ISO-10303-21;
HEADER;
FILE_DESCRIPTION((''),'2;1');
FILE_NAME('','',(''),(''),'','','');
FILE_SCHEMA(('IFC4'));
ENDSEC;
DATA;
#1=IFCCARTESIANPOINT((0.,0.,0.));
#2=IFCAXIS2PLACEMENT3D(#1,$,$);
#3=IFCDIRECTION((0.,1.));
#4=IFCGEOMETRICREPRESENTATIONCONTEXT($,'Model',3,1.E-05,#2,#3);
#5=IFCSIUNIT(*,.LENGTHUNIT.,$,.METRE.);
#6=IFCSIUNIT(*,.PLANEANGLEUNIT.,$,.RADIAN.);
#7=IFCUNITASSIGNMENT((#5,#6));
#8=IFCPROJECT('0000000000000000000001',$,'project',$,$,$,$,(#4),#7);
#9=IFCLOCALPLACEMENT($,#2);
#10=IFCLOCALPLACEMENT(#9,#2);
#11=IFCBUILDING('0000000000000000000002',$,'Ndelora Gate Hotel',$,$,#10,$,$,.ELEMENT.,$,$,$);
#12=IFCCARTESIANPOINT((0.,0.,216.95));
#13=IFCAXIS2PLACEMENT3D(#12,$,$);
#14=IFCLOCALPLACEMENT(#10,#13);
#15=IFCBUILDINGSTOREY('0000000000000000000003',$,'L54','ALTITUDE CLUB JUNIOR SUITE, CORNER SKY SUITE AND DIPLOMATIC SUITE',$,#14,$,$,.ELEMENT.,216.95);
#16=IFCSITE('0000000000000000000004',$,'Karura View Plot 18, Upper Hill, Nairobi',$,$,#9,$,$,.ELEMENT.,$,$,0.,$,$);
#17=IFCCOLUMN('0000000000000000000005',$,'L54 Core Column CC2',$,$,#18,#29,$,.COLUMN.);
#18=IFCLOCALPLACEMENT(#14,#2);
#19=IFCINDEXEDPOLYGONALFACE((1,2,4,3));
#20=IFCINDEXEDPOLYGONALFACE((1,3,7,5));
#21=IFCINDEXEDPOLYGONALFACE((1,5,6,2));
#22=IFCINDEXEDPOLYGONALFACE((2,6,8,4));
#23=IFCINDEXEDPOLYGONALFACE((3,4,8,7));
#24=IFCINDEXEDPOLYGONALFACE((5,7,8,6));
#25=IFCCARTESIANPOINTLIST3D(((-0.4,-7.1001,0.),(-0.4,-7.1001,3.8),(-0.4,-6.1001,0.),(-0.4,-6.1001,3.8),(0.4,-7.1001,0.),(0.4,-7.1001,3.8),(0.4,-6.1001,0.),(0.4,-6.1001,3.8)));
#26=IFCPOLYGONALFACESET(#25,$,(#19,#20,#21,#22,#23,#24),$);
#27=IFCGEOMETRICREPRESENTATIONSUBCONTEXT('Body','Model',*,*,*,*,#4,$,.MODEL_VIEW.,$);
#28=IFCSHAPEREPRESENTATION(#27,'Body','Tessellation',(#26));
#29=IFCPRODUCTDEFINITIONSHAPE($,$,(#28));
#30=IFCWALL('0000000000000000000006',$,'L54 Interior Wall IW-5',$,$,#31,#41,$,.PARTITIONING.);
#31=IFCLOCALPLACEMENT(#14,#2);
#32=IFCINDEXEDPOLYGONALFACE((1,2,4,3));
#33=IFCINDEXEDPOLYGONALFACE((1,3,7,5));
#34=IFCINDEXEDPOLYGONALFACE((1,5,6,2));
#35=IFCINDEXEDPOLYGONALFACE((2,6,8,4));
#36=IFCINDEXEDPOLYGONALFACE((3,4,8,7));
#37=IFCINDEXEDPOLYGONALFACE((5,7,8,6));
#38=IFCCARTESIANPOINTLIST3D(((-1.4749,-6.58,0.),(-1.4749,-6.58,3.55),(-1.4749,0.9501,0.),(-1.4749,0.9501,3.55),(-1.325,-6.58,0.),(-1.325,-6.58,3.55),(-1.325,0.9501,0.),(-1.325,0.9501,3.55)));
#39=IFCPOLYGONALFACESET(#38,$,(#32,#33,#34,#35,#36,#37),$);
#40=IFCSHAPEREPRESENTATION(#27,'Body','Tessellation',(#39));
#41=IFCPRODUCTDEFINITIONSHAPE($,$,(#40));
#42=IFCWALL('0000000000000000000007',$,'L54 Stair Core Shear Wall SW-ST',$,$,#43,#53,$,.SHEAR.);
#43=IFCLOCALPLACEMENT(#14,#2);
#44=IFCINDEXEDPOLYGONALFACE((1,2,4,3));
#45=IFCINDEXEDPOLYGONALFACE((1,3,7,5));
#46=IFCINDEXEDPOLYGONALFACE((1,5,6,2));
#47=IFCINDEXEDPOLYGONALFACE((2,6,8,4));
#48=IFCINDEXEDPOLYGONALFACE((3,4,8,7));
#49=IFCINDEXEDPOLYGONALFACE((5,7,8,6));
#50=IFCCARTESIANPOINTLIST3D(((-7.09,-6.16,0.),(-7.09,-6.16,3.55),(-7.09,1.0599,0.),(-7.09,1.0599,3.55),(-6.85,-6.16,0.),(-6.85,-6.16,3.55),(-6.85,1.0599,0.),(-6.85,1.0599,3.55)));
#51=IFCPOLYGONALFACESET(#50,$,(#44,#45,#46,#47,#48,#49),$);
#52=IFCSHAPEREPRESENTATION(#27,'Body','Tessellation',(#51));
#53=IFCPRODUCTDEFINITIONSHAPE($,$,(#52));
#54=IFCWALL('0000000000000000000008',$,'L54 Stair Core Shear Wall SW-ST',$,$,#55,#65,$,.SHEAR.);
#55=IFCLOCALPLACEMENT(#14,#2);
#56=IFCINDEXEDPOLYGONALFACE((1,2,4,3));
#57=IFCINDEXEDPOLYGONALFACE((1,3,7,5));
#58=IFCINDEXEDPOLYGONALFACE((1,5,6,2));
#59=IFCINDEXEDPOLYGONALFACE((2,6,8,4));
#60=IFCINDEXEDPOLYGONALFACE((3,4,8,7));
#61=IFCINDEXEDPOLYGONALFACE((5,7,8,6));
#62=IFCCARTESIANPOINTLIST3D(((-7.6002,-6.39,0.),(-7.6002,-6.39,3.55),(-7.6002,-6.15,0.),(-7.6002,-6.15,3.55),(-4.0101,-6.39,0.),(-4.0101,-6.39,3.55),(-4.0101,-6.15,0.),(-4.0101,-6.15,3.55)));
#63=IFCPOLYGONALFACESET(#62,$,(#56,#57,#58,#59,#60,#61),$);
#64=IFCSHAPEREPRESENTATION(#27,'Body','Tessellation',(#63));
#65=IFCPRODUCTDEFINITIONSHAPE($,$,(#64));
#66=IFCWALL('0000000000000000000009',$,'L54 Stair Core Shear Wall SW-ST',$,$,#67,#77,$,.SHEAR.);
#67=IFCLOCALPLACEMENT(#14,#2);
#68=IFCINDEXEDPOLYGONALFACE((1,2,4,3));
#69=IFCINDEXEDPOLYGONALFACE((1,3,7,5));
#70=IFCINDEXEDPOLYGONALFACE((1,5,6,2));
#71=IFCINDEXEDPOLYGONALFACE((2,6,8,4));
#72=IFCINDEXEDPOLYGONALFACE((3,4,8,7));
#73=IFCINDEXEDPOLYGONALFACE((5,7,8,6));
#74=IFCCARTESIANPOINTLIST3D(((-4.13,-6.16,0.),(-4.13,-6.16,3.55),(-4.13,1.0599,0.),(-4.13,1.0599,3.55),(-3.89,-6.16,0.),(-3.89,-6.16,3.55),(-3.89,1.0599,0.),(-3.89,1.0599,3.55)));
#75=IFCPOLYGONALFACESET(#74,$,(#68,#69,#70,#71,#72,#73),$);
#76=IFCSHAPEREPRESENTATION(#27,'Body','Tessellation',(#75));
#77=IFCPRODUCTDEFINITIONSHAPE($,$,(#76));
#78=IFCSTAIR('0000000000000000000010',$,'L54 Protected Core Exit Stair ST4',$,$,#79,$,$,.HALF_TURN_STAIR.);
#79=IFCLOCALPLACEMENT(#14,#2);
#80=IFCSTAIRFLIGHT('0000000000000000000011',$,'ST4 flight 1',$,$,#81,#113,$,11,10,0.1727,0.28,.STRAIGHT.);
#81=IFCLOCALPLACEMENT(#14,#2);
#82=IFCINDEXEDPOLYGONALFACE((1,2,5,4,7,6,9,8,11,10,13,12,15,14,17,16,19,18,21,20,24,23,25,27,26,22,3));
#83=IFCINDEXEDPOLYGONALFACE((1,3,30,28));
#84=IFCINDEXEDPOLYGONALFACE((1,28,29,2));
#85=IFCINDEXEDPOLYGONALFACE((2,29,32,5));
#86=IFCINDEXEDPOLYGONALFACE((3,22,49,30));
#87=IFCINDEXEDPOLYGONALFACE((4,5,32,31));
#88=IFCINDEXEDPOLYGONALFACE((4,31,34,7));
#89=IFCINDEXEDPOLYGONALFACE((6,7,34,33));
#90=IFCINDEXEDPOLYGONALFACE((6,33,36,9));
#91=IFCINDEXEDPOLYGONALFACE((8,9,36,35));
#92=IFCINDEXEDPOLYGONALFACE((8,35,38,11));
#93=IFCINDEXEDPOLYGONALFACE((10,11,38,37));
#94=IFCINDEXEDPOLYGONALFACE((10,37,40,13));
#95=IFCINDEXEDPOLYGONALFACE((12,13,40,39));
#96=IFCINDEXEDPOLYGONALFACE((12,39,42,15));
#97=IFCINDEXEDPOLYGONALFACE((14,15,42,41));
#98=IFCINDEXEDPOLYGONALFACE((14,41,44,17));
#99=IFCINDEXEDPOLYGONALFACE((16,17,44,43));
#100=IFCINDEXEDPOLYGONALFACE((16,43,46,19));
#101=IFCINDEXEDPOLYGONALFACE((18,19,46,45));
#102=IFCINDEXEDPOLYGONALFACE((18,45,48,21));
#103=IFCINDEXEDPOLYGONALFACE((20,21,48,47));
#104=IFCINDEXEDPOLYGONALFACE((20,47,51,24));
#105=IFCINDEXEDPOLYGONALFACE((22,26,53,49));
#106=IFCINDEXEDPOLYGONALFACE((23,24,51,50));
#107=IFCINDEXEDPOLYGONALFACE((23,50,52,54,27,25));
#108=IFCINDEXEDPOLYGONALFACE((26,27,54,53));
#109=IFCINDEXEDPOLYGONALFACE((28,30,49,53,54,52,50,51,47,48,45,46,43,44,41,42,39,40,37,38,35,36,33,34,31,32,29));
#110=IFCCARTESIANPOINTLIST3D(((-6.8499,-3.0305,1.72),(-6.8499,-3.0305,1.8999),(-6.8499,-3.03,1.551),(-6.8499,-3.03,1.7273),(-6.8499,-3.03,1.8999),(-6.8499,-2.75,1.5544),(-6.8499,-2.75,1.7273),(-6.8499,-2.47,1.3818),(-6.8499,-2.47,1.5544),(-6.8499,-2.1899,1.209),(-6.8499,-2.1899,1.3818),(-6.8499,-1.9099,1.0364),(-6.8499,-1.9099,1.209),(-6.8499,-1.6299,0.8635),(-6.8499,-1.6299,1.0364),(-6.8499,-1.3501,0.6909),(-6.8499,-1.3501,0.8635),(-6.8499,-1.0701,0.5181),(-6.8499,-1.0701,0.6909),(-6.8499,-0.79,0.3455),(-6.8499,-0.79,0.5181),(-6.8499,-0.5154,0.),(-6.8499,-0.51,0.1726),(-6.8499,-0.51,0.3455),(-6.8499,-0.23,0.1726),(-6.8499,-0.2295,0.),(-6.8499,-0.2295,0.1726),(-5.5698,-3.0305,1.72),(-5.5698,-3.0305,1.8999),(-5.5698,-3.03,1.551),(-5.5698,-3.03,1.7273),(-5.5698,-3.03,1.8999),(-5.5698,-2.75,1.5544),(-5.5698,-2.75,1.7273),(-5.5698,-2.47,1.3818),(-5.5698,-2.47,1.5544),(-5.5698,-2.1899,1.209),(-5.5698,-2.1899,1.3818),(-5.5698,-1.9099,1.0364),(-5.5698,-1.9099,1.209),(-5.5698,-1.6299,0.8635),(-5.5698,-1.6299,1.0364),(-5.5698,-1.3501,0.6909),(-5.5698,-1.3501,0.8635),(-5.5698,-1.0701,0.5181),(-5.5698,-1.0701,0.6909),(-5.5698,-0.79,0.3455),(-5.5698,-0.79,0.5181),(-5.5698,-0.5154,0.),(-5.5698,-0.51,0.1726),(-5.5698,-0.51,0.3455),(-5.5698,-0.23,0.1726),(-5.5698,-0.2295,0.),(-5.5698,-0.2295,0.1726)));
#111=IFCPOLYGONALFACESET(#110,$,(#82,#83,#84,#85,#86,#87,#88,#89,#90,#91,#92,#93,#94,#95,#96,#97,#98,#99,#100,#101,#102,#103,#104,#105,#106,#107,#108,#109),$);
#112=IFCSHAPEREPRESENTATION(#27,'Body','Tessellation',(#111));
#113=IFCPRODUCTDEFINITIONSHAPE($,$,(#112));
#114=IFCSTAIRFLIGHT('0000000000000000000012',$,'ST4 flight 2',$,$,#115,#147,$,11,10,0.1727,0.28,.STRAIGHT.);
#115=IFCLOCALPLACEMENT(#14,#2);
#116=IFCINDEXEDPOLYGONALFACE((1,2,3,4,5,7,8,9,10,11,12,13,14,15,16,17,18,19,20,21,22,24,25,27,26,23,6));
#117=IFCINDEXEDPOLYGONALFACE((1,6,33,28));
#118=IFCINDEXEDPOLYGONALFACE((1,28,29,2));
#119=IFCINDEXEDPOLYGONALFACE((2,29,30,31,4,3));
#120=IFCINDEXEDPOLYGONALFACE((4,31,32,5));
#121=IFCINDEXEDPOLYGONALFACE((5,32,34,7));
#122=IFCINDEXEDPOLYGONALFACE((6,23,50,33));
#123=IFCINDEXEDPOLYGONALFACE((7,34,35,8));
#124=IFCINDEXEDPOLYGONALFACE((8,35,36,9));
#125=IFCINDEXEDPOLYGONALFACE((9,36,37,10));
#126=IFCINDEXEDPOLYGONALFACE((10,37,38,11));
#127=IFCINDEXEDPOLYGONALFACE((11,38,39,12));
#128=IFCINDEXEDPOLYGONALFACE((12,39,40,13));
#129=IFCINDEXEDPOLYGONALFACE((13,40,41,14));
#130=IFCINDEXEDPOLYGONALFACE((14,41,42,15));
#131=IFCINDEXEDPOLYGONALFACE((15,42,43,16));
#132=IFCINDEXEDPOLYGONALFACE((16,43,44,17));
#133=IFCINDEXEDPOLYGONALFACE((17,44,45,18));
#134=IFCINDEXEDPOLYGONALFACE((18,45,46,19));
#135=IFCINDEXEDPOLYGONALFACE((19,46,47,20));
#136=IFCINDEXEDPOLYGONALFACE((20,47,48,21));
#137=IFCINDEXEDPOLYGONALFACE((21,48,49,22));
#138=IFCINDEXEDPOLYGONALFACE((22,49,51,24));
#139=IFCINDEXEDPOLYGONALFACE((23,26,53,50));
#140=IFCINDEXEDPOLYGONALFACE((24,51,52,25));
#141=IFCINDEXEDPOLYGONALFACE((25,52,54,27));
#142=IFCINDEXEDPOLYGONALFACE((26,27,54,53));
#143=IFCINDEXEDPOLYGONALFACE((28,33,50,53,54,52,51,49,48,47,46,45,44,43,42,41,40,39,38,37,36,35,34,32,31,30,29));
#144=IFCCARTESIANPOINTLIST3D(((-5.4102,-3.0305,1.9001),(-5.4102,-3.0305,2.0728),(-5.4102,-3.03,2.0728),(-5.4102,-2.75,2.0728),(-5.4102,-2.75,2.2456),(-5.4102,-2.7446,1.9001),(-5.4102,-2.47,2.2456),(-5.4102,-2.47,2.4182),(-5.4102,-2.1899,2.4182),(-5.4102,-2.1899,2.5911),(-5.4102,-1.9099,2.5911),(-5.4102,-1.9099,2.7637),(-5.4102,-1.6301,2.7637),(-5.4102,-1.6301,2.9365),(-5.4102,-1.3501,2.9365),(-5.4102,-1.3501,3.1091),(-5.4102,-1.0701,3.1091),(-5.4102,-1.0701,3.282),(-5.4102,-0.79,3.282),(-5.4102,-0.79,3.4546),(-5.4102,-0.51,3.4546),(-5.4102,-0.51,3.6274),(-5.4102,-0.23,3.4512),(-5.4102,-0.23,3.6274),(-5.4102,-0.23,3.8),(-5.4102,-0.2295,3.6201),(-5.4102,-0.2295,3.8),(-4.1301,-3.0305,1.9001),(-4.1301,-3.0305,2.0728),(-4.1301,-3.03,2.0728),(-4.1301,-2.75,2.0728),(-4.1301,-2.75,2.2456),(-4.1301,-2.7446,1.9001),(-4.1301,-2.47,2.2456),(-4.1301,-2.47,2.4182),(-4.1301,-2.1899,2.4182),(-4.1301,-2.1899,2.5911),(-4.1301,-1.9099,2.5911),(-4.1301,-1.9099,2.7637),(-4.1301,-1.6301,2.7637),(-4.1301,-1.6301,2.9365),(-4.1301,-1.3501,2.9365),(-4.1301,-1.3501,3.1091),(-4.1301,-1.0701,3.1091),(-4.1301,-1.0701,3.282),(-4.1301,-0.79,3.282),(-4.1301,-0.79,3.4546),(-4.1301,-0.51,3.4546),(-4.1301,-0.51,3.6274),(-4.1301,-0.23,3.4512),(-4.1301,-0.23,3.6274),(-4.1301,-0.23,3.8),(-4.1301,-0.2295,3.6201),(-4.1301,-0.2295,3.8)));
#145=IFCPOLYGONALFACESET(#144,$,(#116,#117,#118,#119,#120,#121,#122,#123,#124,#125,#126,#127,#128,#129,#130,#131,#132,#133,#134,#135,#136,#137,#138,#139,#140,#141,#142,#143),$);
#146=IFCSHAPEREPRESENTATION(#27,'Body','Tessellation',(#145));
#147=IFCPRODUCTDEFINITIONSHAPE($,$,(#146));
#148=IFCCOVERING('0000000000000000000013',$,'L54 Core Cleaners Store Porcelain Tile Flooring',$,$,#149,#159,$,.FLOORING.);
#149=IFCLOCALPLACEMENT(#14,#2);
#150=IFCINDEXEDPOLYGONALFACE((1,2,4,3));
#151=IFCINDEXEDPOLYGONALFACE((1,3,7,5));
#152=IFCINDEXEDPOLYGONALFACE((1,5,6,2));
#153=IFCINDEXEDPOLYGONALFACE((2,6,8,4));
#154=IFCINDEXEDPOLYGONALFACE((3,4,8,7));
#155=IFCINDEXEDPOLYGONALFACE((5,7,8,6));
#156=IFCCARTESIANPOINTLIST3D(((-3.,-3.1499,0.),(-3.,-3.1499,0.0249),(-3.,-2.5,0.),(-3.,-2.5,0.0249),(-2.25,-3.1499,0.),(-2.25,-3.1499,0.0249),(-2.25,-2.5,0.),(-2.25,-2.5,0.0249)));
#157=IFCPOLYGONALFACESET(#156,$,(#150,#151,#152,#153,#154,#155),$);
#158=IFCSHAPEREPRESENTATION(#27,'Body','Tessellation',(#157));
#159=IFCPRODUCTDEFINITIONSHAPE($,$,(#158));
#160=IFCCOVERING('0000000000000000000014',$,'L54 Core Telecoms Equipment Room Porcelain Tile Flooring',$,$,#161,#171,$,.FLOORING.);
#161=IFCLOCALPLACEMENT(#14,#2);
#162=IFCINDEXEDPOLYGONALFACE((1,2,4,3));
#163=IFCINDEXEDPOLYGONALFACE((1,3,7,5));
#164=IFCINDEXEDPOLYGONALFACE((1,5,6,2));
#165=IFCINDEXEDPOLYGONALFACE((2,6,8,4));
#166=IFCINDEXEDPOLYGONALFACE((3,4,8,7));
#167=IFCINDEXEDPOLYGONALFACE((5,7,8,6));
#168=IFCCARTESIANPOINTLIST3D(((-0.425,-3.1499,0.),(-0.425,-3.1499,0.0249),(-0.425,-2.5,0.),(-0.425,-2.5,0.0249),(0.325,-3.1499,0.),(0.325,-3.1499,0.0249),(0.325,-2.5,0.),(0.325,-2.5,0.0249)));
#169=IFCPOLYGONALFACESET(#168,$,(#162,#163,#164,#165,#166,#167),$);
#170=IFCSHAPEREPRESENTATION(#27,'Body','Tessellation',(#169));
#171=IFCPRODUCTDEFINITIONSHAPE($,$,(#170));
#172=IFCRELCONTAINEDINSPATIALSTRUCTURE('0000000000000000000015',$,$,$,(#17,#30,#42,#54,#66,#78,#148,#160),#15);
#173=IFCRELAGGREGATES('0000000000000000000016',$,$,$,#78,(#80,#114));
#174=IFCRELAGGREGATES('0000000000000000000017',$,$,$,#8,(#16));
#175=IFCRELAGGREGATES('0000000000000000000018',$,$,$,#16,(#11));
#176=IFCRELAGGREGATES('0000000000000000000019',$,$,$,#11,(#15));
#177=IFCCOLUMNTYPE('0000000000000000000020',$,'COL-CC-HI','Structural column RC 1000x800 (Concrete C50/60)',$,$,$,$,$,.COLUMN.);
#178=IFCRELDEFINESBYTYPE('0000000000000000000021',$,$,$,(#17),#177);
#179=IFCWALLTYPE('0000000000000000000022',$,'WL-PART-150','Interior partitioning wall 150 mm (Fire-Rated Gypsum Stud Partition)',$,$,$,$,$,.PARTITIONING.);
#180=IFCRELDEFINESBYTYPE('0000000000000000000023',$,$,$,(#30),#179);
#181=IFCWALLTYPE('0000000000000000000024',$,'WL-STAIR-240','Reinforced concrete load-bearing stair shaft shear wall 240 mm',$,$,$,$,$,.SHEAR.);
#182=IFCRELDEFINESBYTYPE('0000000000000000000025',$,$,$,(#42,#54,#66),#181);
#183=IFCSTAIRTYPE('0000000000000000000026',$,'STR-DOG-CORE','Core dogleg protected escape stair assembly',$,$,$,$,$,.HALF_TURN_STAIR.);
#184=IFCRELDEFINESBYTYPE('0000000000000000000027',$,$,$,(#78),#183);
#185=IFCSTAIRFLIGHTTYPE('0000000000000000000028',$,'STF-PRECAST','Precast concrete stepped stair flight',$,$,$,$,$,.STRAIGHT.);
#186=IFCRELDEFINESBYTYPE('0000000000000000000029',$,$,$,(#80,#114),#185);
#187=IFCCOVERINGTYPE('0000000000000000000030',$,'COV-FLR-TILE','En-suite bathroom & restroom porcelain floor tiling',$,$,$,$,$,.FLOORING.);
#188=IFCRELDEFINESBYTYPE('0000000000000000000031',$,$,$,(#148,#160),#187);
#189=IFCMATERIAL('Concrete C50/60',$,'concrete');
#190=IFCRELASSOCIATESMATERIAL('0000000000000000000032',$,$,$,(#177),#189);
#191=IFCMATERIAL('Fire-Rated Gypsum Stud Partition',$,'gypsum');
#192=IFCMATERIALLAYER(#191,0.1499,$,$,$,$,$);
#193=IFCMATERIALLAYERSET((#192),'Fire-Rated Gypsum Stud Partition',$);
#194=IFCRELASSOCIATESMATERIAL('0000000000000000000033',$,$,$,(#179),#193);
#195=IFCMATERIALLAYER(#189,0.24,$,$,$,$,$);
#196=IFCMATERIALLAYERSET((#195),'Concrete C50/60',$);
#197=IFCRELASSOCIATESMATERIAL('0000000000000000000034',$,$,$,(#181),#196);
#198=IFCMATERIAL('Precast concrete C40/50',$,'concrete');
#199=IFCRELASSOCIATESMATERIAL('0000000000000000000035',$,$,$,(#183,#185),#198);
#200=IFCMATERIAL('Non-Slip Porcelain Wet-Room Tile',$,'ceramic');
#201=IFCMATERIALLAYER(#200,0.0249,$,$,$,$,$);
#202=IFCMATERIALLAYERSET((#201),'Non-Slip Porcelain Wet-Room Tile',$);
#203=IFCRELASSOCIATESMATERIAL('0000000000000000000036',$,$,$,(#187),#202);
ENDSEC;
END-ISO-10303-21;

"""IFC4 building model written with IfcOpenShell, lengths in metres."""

from ifc_helpers import new_model, si_unit, direction, frame, frame_2d, origin, origin_2d, place, context, subcontext, project, spatial, polyline, rectangle, outline, extrude, material, layer, layer_set, material_profile, profile_set, type_object, element, aggregate, save


model = new_model("IFC4")

# Units and contexts
model_context = context("Model", 3, precision=1e-05, world=origin(), true_north=direction((0.0, 1.0)))
body_context = subcontext(model_context, "Body", "Model", "MODEL_VIEW")
ifc_project = project(units=[si_unit("LENGTHUNIT", "METRE"), si_unit("PLANEANGLEUNIT", "RADIAN")], contexts=[model_context])

# Site, building, storey
site_placement = place(None, origin())
site = spatial("IfcSite", under=ifc_project, at=site_placement, Name="Karura View Plot 18, Upper Hill, Nairobi", CompositionType="ELEMENT", RefElevation=0.0)
building_placement = place(site_placement, origin())
building = spatial("IfcBuilding", under=site, at=building_placement, Name="Ndelora Gate Hotel", CompositionType="ELEMENT")
storey_placement = place(building_placement, frame((0.0, 0.0, 216.95)))
storey = spatial("IfcBuildingStorey", under=building, at=storey_placement, Name="L54", Description="ALTITUDE CLUB JUNIOR SUITE, CORNER SKY SUITE AND DIPLOMATIC SUITE", CompositionType="ELEMENT", Elevation=216.95)

# Column
ifc_material_1 = material(Name="Concrete C50/60", Category="concrete")
ifc_material_profile = material_profile(ifc_material_1, rectangle(XDim=0.8, YDim=1.0, at=origin_2d()), Name="RC 1000x800")
ifc_profile_set = profile_set([ifc_material_profile], Name="Concrete C50/60")
column_type = type_object("IfcColumnType", Name="COL-CC-HI", Description="Structural column RC 1000x800 (Concrete C50/60)", PredefinedType="COLUMN", material=ifc_profile_set)
column_placement = place(storey_placement, frame((0.0, -6.6001, 0.0), z_axis=(0.0, 0.0, 1.0), x_axis=(1.0, 0.0, 0.0)))
element("IfcColumn", 1, at=column_placement, inside=storey, type_object=column_type, Name="L54 Core Column CC2", PredefinedType="COLUMN", context=body_context, shape_type="SweptSolid", body=[
    extrude(rectangle(XDim=0.8, YDim=1.0, at=origin_2d()), origin(), (0.0, 0.0, 1.0), 3.8),
])

# Walls
ifc_material_2 = material(Name="Fire-Rated Gypsum Stud Partition", Category="gypsum")
ifc_layer_1 = layer(ifc_material_2, 0.1499)
ifc_layer_set_1 = layer_set([ifc_layer_1], Name="Fire-Rated Gypsum Stud Partition")
wall_type_1 = type_object("IfcWallType", Name="WL-PART-150", Description="Interior partitioning wall 150 mm (Fire-Rated Gypsum Stud Partition)", PredefinedType="PARTITIONING", material=ifc_layer_set_1)
wall_1_placement = place(storey_placement, frame((-1.3999, -6.5801, 0.0), z_axis=(0.0, 0.0, 1.0), x_axis=(0.0, 1.0, 0.0)))
element("IfcWall", 2, at=wall_1_placement, inside=storey, type_object=wall_type_1, Name="L54 Interior Wall IW-5", PredefinedType="PARTITIONING", context=body_context, shape_type="SweptSolid", body=[
    extrude(rectangle(XDim=7.53, YDim=0.1499, at=frame_2d((3.7651, 0.0))), origin(), (0.0, 0.0, 1.0), 3.55),
])
ifc_layer_2 = layer(ifc_material_1, 0.24)
ifc_layer_set_2 = layer_set([ifc_layer_2], Name="Concrete C50/60")
wall_type_2 = type_object("IfcWallType", Name="WL-STAIR-240", Description="Reinforced concrete load-bearing stair shaft shear wall 240 mm", PredefinedType="SHEAR", material=ifc_layer_set_2)
wall_2_placement = place(storey_placement, frame((-6.97, -6.1599, 0.0), z_axis=(0.0, 0.0, 1.0), x_axis=(0.0, 1.0, 0.0)))
element("IfcWall", 3, at=wall_2_placement, inside=storey, type_object=wall_type_2, Name="L54 Stair Core Shear Wall SW-ST", PredefinedType="SHEAR", context=body_context, shape_type="SweptSolid", body=[
    extrude(rectangle(XDim=7.22, YDim=0.24, at=frame_2d((3.6099, 0.0))), origin(), (0.0, 0.0, 1.0), 3.55),
])
wall_3_placement = place(storey_placement, frame((-7.6001, -6.27, 0.0), z_axis=(0.0, 0.0, 1.0), x_axis=(1.0, 0.0, 0.0)))
element("IfcWall", 4, at=wall_3_placement, inside=storey, type_object=wall_type_2, Name="L54 Stair Core Shear Wall SW-ST", PredefinedType="SHEAR", context=body_context, shape_type="SweptSolid", body=[
    extrude(rectangle(XDim=3.5901, YDim=0.24, at=frame_2d((1.7949, 0.0))), origin(), (0.0, 0.0, 1.0), 3.55),
])
wall_4_placement = place(storey_placement, frame((-4.01, -6.1599, 0.0), z_axis=(0.0, 0.0, 1.0), x_axis=(0.0, 1.0, 0.0)))
element("IfcWall", 5, at=wall_4_placement, inside=storey, type_object=wall_type_2, Name="L54 Stair Core Shear Wall SW-ST", PredefinedType="SHEAR", context=body_context, shape_type="SweptSolid", body=[
    extrude(rectangle(XDim=7.22, YDim=0.24, at=frame_2d((3.6099, 0.0))), origin(), (0.0, 0.0, 1.0), 3.55),
])

# Stair, stair flights
ifc_material_3 = material(Name="Precast concrete C40/50", Category="concrete")
stair_type = type_object("IfcStairType", Name="STR-DOG-CORE", Description="Core dogleg protected escape stair assembly", PredefinedType="HALF_TURN_STAIR", material=ifc_material_3)
stair_placement = place(storey_placement, origin())
stair = element("IfcStair", 6, at=stair_placement, inside=storey, type_object=stair_type, Name="L54 Protected Core Exit Stair ST4", PredefinedType="HALF_TURN_STAIR")
stair_flight_type = type_object("IfcStairFlightType", Name="STF-PRECAST", Description="Precast concrete stepped stair flight", PredefinedType="STRAIGHT", material=ifc_material_3)
stair_flight_1_placement = place(storey_placement, frame((-6.21, -0.23, 0.0), z_axis=(0.0, 0.0, 1.0), x_axis=(0.0, -1.0, 0.0)))
stair_flight_1 = element("IfcStairFlight", 7, at=stair_flight_1_placement, type_object=stair_flight_type, Name="ST4 flight 1", NumberOfRisers=11, NumberOfTreads=10, PredefinedType="STRAIGHT", RiserHeight=0.1727, TreadLength=0.28, context=body_context, shape_type="SweptSolid", body=[
    extrude(outline(polyline([(-0.0005, 0.0), (-0.0005, 0.1726), (0.0, 0.1726), (0.28, 0.1726), (0.28, 0.3455), (0.5601, 0.3455), (0.5601, 0.5181), (0.8401, 0.5181), (0.8401, 0.6909), (1.1201, 0.6909), (1.1201, 0.8635), (1.3999, 0.8635), (1.3999, 1.0364), (1.6799, 1.0364), (1.6799, 1.209), (1.96, 1.209), (1.96, 1.3818), (2.24, 1.3818), (2.24, 1.5544), (2.52, 1.5544), (2.52, 1.7273), (2.8, 1.7273), (2.8, 1.8999), (2.8005, 1.8999), (2.8005, 1.72), (2.8, 1.551), (0.2854, 0.0), (-0.0005, 0.0)])), frame((0.0, 0.6401, 0.0), z_axis=(0.0, -1.0, 0.0), x_axis=(1.0, 0.0, 0.0)), (0.0, 0.0, 1.0), 1.28),
])
stair_flight_2_placement = place(storey_placement, frame((-4.77, -3.03, 1.9001), z_axis=(0.0, 0.0, 1.0), x_axis=(0.0, 1.0, 0.0)))
stair_flight_2 = element("IfcStairFlight", 8, at=stair_flight_2_placement, type_object=stair_flight_type, Name="ST4 flight 2", NumberOfRisers=11, NumberOfTreads=10, PredefinedType="STRAIGHT", RiserHeight=0.1727, TreadLength=0.28, context=body_context, shape_type="SweptSolid", body=[
    extrude(outline(polyline([(-0.0005, 0.0), (-0.0005, 0.1726), (0.0, 0.1726), (0.28, 0.1726), (0.28, 0.3455), (0.5601, 0.3455), (0.5601, 0.5181), (0.8401, 0.5181), (0.8401, 0.6909), (1.1201, 0.6909), (1.1201, 0.8635), (1.3999, 0.8635), (1.3999, 1.0364), (1.6799, 1.0364), (1.6799, 1.209), (1.96, 1.209), (1.96, 1.3818), (2.24, 1.3818), (2.24, 1.5544), (2.52, 1.5544), (2.52, 1.7273), (2.8, 1.7273), (2.8, 1.8999), (2.8005, 1.8999), (2.8005, 1.72), (2.8, 1.551), (0.2854, 0.0), (-0.0005, 0.0)])), frame((0.0, 0.6401, 0.0), z_axis=(0.0, -1.0, 0.0), x_axis=(1.0, 0.0, 0.0)), (0.0, 0.0, 1.0), 1.28),
])
aggregate(stair, [stair_flight_1, stair_flight_2])

# Coverings
ifc_material_4 = material(Name="Non-Slip Porcelain Wet-Room Tile", Category="ceramic")
ifc_layer_3 = layer(ifc_material_4, 0.0249)
ifc_layer_set_3 = layer_set([ifc_layer_3], Name="Non-Slip Porcelain Wet-Room Tile")
covering_type = type_object("IfcCoveringType", Name="COV-FLR-TILE", Description="En-suite bathroom & restroom porcelain floor tiling", PredefinedType="FLOORING", material=ifc_layer_set_3)
for number, where, z_axis, x_axis, name in (
    (9, (-2.625, -2.825, 0.0), (0.0, 0.0, 1.0), (1.0, 0.0, 0.0), "L54 Core Cleaners Store Porcelain Tile Flooring"),
    (10, (-0.05, -2.825, 0.0), (0.0, 0.0, 1.0), (1.0, 0.0, 0.0), "L54 Core Telecoms Equipment Room Porcelain Tile Flooring"),
):
    element("IfcCovering", number, at=place(storey_placement, frame(where, z_axis=z_axis, x_axis=x_axis)), inside=storey, type_object=covering_type, Name=name, PredefinedType="FLOORING", context=body_context, shape_type="SweptSolid", body=[
        extrude(rectangle(XDim=0.75, YDim=0.6499, at=origin_2d()), origin(), (0.0, 0.0, 1.0), 0.0249),
    ])

save(model, "model.ifc")
